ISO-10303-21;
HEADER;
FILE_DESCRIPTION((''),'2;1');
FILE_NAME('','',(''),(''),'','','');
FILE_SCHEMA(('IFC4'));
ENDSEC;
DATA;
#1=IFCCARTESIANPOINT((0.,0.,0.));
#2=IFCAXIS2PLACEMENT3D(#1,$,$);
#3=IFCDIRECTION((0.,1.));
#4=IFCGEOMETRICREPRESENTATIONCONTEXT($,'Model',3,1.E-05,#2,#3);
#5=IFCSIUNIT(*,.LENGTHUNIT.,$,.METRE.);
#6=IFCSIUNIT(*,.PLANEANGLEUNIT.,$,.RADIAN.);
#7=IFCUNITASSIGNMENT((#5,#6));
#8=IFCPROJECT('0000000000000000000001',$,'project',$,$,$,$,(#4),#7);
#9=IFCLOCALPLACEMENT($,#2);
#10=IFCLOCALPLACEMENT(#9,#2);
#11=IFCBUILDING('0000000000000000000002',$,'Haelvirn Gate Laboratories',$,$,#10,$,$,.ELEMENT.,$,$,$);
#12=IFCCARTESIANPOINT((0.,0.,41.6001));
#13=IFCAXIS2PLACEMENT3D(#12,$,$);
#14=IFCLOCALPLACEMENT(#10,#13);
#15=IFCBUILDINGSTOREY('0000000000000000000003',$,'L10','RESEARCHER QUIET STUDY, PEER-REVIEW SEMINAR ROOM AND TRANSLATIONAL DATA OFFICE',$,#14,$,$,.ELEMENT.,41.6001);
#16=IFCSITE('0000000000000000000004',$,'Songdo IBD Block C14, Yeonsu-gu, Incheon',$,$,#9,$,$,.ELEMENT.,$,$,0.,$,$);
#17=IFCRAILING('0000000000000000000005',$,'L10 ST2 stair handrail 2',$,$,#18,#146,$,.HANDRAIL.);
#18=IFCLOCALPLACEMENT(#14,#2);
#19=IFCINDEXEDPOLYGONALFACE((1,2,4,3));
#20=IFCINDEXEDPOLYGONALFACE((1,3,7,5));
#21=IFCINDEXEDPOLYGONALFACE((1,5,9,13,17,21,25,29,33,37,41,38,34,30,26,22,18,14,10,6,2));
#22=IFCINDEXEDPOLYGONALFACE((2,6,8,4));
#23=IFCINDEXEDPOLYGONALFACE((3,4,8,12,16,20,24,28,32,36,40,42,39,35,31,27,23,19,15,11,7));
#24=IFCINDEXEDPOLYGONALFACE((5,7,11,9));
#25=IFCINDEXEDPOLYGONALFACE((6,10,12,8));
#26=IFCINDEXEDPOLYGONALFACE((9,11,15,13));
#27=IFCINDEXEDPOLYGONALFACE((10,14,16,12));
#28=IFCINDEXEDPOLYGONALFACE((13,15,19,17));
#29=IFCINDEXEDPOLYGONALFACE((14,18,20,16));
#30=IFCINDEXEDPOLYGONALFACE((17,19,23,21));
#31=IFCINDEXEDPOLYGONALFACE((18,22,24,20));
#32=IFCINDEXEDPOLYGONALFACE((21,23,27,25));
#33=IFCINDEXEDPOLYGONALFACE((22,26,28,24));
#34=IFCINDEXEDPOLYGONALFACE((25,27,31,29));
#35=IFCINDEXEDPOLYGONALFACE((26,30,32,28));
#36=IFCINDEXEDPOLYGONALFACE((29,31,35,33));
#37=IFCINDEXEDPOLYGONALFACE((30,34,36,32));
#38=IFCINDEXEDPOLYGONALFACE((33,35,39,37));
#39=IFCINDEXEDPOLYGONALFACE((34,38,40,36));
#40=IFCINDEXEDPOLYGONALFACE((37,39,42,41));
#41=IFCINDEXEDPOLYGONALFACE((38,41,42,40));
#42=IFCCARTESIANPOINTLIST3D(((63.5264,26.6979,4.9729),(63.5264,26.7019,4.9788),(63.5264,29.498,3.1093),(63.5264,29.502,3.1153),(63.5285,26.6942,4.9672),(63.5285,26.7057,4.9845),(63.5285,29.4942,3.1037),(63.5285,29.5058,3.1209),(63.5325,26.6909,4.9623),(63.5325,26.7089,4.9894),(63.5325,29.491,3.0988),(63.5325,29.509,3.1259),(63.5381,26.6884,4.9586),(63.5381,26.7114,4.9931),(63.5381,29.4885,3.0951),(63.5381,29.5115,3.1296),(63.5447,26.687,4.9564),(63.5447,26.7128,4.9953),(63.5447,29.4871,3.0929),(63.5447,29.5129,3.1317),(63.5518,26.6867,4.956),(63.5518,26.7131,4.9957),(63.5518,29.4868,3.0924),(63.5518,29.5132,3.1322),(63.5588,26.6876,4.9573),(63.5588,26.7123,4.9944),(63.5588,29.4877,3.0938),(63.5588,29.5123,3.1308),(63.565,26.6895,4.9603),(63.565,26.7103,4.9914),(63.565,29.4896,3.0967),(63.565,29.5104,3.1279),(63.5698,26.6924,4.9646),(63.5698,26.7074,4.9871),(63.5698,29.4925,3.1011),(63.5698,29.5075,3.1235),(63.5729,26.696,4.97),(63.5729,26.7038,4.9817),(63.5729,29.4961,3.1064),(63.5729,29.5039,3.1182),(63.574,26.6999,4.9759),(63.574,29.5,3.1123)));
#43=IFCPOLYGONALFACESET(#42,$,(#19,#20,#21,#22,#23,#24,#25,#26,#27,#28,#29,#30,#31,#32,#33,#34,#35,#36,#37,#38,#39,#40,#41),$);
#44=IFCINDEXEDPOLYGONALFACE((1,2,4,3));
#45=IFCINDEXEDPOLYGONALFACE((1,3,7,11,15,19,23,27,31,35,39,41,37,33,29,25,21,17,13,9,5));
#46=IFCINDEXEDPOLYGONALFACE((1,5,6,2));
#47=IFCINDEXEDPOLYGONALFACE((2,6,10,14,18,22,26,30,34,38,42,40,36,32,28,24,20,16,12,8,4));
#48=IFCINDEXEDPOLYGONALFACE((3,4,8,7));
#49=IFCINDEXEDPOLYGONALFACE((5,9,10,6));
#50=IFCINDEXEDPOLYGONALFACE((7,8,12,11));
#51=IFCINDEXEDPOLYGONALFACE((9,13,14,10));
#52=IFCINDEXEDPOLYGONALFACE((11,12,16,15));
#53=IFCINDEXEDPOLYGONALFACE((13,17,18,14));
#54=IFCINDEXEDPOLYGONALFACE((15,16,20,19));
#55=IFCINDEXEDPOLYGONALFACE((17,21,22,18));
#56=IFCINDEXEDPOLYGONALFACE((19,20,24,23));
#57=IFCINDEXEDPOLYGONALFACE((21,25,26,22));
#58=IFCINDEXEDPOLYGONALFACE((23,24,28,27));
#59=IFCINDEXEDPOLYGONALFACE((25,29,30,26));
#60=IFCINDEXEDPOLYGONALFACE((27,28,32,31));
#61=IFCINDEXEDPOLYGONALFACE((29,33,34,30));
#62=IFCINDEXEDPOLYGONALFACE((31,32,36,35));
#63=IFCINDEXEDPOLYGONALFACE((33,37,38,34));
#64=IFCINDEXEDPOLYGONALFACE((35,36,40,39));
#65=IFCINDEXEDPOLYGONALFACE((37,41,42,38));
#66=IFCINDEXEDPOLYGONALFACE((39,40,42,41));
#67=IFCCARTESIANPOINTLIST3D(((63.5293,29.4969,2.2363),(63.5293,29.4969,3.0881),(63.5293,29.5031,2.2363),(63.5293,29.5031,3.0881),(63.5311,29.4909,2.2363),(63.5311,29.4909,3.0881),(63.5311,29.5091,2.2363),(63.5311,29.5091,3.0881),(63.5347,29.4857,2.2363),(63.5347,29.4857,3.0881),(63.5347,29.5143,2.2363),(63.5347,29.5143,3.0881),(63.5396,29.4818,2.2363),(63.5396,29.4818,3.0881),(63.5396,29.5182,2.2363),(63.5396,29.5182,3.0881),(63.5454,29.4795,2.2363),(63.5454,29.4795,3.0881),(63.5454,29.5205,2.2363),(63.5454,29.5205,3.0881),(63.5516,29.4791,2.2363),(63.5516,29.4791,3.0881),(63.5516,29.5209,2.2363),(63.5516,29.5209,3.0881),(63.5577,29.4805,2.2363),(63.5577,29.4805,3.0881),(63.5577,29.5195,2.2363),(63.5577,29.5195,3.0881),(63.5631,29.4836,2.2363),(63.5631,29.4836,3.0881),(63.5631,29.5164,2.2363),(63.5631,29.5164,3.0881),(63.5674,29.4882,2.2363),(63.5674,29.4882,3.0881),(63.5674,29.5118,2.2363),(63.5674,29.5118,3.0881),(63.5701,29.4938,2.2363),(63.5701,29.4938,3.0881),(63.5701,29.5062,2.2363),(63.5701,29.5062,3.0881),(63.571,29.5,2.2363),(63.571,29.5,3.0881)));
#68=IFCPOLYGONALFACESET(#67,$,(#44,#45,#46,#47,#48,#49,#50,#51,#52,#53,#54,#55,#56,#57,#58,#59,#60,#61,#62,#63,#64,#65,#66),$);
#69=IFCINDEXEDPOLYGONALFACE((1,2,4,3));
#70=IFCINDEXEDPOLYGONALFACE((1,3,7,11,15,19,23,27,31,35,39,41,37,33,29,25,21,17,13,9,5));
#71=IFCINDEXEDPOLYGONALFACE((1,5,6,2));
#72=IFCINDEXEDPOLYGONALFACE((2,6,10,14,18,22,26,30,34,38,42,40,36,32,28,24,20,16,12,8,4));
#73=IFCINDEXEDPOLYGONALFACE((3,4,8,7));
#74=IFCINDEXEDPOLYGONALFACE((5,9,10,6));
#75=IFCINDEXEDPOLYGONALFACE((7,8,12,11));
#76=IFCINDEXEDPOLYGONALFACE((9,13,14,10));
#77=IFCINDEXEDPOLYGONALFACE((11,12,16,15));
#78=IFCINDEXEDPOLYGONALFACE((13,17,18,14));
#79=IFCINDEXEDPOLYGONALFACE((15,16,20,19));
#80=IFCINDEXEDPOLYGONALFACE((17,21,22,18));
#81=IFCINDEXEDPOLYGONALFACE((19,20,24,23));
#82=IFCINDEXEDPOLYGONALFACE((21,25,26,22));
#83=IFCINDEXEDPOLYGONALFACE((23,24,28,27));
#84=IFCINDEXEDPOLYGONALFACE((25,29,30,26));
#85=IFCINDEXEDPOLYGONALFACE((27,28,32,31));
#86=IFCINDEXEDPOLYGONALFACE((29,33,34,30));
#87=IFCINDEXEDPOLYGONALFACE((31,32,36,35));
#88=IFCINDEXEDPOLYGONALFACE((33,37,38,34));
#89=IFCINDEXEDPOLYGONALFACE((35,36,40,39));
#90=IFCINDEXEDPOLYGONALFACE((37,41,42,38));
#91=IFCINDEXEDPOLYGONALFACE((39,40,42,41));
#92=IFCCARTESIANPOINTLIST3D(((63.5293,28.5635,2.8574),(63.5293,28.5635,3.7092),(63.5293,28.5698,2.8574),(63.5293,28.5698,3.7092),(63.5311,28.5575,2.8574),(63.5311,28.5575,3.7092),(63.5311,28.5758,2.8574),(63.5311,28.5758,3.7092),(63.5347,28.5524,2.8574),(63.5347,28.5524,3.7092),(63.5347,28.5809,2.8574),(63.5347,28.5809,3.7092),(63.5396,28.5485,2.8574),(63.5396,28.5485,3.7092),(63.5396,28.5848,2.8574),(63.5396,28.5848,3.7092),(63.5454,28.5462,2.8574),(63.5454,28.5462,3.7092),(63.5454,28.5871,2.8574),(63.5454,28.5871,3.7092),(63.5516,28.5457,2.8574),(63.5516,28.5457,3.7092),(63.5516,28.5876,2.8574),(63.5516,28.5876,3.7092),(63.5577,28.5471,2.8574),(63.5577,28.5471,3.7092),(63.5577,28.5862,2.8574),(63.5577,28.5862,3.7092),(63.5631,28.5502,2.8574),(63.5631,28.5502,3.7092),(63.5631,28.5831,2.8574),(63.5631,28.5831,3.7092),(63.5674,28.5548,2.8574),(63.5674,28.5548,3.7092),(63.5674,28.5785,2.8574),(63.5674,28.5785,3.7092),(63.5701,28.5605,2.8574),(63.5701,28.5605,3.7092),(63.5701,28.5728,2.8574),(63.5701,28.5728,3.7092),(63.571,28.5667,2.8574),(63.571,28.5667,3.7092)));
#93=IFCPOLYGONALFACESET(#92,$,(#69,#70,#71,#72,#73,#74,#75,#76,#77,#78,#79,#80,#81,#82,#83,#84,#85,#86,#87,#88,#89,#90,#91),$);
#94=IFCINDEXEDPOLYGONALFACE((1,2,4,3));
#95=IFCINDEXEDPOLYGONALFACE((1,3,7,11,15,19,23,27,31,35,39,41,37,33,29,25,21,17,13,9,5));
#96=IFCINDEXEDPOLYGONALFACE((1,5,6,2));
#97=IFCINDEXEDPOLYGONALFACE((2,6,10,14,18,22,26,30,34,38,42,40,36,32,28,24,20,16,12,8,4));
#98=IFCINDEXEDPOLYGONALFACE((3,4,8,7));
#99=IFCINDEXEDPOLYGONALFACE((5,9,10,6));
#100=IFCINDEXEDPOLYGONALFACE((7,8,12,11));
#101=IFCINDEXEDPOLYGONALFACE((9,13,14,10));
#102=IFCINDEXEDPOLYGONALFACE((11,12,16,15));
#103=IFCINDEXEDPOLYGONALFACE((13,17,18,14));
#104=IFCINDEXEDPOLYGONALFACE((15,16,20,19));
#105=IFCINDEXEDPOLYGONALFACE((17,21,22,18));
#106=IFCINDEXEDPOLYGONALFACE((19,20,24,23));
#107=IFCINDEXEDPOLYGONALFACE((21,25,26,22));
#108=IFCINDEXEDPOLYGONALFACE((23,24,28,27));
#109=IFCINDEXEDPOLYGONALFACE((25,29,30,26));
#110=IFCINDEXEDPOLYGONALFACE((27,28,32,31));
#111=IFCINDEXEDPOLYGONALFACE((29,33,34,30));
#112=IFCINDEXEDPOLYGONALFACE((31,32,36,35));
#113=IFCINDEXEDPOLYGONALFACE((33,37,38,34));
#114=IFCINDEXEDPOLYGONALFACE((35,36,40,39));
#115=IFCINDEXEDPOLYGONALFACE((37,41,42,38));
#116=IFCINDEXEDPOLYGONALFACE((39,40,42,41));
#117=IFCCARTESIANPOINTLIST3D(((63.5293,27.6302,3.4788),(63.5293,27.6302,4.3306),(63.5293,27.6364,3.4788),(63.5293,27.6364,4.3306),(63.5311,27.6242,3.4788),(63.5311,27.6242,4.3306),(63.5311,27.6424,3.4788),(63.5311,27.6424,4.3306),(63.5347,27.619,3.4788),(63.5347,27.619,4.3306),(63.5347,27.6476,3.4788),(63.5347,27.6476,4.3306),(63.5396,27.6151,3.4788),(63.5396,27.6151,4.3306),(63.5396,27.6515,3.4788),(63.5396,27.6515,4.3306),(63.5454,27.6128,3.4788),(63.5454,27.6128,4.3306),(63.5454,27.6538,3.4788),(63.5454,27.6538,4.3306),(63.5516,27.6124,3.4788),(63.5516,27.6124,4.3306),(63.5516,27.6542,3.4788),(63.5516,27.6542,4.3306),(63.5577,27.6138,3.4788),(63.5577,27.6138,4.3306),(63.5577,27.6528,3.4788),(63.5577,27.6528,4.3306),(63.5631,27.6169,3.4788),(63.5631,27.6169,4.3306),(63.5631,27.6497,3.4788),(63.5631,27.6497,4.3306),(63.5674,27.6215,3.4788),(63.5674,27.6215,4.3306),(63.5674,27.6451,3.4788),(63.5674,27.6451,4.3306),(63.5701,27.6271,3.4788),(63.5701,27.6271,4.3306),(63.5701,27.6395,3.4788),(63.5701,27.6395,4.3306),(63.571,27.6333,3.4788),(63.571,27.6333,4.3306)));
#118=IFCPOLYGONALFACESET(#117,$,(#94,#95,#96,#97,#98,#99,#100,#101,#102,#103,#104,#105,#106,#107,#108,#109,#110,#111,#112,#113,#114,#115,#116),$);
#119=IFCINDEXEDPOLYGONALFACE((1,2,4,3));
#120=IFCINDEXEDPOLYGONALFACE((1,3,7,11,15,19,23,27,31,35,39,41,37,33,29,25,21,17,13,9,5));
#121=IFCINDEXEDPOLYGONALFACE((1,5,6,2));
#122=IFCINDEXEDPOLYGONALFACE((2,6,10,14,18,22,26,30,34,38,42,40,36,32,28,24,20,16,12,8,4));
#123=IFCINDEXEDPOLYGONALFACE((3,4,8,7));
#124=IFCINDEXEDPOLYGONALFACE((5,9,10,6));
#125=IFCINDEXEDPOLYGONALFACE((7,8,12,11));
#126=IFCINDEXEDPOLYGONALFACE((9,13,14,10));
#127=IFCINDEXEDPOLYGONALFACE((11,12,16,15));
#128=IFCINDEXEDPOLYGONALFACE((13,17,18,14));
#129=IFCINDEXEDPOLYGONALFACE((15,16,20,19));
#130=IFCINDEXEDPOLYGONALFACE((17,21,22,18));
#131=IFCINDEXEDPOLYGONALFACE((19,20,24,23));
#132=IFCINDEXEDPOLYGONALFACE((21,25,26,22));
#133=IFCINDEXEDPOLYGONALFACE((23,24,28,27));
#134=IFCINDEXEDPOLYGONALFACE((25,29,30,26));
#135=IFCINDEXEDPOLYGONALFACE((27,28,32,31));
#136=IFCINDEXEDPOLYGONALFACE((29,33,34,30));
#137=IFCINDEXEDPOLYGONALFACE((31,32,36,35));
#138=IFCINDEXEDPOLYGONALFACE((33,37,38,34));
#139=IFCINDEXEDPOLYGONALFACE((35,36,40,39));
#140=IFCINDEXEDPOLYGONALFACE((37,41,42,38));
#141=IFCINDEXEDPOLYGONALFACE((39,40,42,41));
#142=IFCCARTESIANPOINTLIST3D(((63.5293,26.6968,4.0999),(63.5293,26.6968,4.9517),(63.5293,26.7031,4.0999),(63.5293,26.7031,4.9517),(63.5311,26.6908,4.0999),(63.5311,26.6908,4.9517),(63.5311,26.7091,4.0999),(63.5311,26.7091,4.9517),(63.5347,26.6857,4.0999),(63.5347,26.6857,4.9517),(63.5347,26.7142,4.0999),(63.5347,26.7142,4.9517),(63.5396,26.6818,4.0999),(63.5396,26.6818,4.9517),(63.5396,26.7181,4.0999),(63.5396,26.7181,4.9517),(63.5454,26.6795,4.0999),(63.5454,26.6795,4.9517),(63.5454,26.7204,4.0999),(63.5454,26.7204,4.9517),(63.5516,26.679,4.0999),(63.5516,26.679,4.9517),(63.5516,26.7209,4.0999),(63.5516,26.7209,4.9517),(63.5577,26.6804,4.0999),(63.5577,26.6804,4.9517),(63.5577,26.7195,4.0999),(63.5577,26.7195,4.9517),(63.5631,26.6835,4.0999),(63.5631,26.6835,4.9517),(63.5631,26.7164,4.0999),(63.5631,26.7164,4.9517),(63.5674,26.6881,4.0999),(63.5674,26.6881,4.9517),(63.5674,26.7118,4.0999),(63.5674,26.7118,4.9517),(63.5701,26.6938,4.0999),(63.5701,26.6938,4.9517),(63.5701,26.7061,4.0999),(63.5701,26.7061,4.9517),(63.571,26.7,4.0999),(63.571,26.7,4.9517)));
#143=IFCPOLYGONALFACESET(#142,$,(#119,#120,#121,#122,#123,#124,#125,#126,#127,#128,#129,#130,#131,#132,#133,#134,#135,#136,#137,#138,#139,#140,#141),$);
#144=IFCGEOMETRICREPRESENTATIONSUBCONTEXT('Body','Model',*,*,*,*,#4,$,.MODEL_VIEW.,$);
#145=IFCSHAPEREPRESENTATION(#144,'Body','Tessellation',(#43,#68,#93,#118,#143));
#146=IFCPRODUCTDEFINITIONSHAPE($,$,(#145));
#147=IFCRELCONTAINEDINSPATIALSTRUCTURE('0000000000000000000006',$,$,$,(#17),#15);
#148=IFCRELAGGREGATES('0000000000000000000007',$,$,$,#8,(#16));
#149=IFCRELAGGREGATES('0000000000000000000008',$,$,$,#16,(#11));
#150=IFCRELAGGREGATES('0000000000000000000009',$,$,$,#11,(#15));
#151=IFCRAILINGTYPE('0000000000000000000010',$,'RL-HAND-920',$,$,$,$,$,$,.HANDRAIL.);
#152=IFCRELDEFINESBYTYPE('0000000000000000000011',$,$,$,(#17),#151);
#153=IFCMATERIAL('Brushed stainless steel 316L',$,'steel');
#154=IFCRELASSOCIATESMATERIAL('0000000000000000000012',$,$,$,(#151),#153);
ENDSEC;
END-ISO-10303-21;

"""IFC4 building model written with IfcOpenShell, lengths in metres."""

from ifc_helpers import new_model, si_unit, direction, frame, origin, origin_2d, place, context, subcontext, project, spatial, circle, extrude, source, transform, mapped, material, type_object, element, save


model = new_model("IFC4")

# Units and contexts
model_context = context("Model", 3, precision=1e-05, world=origin(), true_north=direction((0.0, 1.0)))
body_context = subcontext(model_context, "Body", "Model", "MODEL_VIEW")
ifc_project = project(units=[si_unit("LENGTHUNIT", "METRE"), si_unit("PLANEANGLEUNIT", "RADIAN")], contexts=[model_context])

# Site, building, storey
site_placement = place(None, origin())
site = spatial("IfcSite", under=ifc_project, at=site_placement, Name="Songdo IBD Block C14, Yeonsu-gu, Incheon", CompositionType="ELEMENT", RefElevation=0.0)
building_placement = place(site_placement, origin())
building = spatial("IfcBuilding", under=site, at=building_placement, Name="Haelvirn Gate Laboratories", CompositionType="ELEMENT")
storey_placement = place(building_placement, frame((0.0, 0.0, 41.6001)))
storey = spatial("IfcBuildingStorey", under=building, at=storey_placement, Name="L10", Description="RESEARCHER QUIET STUDY, PEER-REVIEW SEMINAR ROOM AND TRANSLATIONAL DATA OFFICE", CompositionType="ELEMENT", Elevation=41.6001)

# Railing
ifc_material_1 = material(Name="Brushed stainless steel 316L", Category="steel")
railing_type_1 = type_object("IfcRailingType", Name="RL-HAND-920", PredefinedType="HANDRAIL", material=ifc_material_1)
shared_shape_1 = source(origin(), body_context, "Body", "SweptSolid", [
    extrude(circle(Radius=0.0239, at=origin_2d()), frame((0.0, 0.0, 0.876), z_axis=(0.0, -0.832486, 0.554047), x_axis=(1.0, 0.0, 0.0)), (0.0, 0.0, 1.0), 3.3635),
    extrude(circle(Radius=0.021, at=origin_2d()), origin(), (0.0, 0.0, 1.0), 0.8518),
    extrude(circle(Radius=0.021, at=origin_2d()), frame((0.0, -0.9333, 0.6211)), (0.0, 0.0, 1.0), 0.8518),
    extrude(circle(Radius=0.021, at=origin_2d()), frame((0.0, -1.8667, 1.2424)), (0.0, 0.0, 1.0), 0.8518),
    extrude(circle(Radius=0.021, at=origin_2d()), frame((0.0, -2.8, 1.8635)), (0.0, 0.0, 1.0), 0.8518),
])
railing_1_placement = place(storey_placement, frame((63.55, 29.5, 2.2363)))
element("IfcRailing", 1, at=railing_1_placement, inside=storey, type_object=railing_type_1, Name="L10 ST2 stair handrail 2", PredefinedType="HANDRAIL", context=body_context, shape_type="MappedRepresentation", body=[
    mapped(shared_shape_1, transform((0.0, 0.0, 0.0), scale=1.0)),
])

save(model, "model.ifc")
